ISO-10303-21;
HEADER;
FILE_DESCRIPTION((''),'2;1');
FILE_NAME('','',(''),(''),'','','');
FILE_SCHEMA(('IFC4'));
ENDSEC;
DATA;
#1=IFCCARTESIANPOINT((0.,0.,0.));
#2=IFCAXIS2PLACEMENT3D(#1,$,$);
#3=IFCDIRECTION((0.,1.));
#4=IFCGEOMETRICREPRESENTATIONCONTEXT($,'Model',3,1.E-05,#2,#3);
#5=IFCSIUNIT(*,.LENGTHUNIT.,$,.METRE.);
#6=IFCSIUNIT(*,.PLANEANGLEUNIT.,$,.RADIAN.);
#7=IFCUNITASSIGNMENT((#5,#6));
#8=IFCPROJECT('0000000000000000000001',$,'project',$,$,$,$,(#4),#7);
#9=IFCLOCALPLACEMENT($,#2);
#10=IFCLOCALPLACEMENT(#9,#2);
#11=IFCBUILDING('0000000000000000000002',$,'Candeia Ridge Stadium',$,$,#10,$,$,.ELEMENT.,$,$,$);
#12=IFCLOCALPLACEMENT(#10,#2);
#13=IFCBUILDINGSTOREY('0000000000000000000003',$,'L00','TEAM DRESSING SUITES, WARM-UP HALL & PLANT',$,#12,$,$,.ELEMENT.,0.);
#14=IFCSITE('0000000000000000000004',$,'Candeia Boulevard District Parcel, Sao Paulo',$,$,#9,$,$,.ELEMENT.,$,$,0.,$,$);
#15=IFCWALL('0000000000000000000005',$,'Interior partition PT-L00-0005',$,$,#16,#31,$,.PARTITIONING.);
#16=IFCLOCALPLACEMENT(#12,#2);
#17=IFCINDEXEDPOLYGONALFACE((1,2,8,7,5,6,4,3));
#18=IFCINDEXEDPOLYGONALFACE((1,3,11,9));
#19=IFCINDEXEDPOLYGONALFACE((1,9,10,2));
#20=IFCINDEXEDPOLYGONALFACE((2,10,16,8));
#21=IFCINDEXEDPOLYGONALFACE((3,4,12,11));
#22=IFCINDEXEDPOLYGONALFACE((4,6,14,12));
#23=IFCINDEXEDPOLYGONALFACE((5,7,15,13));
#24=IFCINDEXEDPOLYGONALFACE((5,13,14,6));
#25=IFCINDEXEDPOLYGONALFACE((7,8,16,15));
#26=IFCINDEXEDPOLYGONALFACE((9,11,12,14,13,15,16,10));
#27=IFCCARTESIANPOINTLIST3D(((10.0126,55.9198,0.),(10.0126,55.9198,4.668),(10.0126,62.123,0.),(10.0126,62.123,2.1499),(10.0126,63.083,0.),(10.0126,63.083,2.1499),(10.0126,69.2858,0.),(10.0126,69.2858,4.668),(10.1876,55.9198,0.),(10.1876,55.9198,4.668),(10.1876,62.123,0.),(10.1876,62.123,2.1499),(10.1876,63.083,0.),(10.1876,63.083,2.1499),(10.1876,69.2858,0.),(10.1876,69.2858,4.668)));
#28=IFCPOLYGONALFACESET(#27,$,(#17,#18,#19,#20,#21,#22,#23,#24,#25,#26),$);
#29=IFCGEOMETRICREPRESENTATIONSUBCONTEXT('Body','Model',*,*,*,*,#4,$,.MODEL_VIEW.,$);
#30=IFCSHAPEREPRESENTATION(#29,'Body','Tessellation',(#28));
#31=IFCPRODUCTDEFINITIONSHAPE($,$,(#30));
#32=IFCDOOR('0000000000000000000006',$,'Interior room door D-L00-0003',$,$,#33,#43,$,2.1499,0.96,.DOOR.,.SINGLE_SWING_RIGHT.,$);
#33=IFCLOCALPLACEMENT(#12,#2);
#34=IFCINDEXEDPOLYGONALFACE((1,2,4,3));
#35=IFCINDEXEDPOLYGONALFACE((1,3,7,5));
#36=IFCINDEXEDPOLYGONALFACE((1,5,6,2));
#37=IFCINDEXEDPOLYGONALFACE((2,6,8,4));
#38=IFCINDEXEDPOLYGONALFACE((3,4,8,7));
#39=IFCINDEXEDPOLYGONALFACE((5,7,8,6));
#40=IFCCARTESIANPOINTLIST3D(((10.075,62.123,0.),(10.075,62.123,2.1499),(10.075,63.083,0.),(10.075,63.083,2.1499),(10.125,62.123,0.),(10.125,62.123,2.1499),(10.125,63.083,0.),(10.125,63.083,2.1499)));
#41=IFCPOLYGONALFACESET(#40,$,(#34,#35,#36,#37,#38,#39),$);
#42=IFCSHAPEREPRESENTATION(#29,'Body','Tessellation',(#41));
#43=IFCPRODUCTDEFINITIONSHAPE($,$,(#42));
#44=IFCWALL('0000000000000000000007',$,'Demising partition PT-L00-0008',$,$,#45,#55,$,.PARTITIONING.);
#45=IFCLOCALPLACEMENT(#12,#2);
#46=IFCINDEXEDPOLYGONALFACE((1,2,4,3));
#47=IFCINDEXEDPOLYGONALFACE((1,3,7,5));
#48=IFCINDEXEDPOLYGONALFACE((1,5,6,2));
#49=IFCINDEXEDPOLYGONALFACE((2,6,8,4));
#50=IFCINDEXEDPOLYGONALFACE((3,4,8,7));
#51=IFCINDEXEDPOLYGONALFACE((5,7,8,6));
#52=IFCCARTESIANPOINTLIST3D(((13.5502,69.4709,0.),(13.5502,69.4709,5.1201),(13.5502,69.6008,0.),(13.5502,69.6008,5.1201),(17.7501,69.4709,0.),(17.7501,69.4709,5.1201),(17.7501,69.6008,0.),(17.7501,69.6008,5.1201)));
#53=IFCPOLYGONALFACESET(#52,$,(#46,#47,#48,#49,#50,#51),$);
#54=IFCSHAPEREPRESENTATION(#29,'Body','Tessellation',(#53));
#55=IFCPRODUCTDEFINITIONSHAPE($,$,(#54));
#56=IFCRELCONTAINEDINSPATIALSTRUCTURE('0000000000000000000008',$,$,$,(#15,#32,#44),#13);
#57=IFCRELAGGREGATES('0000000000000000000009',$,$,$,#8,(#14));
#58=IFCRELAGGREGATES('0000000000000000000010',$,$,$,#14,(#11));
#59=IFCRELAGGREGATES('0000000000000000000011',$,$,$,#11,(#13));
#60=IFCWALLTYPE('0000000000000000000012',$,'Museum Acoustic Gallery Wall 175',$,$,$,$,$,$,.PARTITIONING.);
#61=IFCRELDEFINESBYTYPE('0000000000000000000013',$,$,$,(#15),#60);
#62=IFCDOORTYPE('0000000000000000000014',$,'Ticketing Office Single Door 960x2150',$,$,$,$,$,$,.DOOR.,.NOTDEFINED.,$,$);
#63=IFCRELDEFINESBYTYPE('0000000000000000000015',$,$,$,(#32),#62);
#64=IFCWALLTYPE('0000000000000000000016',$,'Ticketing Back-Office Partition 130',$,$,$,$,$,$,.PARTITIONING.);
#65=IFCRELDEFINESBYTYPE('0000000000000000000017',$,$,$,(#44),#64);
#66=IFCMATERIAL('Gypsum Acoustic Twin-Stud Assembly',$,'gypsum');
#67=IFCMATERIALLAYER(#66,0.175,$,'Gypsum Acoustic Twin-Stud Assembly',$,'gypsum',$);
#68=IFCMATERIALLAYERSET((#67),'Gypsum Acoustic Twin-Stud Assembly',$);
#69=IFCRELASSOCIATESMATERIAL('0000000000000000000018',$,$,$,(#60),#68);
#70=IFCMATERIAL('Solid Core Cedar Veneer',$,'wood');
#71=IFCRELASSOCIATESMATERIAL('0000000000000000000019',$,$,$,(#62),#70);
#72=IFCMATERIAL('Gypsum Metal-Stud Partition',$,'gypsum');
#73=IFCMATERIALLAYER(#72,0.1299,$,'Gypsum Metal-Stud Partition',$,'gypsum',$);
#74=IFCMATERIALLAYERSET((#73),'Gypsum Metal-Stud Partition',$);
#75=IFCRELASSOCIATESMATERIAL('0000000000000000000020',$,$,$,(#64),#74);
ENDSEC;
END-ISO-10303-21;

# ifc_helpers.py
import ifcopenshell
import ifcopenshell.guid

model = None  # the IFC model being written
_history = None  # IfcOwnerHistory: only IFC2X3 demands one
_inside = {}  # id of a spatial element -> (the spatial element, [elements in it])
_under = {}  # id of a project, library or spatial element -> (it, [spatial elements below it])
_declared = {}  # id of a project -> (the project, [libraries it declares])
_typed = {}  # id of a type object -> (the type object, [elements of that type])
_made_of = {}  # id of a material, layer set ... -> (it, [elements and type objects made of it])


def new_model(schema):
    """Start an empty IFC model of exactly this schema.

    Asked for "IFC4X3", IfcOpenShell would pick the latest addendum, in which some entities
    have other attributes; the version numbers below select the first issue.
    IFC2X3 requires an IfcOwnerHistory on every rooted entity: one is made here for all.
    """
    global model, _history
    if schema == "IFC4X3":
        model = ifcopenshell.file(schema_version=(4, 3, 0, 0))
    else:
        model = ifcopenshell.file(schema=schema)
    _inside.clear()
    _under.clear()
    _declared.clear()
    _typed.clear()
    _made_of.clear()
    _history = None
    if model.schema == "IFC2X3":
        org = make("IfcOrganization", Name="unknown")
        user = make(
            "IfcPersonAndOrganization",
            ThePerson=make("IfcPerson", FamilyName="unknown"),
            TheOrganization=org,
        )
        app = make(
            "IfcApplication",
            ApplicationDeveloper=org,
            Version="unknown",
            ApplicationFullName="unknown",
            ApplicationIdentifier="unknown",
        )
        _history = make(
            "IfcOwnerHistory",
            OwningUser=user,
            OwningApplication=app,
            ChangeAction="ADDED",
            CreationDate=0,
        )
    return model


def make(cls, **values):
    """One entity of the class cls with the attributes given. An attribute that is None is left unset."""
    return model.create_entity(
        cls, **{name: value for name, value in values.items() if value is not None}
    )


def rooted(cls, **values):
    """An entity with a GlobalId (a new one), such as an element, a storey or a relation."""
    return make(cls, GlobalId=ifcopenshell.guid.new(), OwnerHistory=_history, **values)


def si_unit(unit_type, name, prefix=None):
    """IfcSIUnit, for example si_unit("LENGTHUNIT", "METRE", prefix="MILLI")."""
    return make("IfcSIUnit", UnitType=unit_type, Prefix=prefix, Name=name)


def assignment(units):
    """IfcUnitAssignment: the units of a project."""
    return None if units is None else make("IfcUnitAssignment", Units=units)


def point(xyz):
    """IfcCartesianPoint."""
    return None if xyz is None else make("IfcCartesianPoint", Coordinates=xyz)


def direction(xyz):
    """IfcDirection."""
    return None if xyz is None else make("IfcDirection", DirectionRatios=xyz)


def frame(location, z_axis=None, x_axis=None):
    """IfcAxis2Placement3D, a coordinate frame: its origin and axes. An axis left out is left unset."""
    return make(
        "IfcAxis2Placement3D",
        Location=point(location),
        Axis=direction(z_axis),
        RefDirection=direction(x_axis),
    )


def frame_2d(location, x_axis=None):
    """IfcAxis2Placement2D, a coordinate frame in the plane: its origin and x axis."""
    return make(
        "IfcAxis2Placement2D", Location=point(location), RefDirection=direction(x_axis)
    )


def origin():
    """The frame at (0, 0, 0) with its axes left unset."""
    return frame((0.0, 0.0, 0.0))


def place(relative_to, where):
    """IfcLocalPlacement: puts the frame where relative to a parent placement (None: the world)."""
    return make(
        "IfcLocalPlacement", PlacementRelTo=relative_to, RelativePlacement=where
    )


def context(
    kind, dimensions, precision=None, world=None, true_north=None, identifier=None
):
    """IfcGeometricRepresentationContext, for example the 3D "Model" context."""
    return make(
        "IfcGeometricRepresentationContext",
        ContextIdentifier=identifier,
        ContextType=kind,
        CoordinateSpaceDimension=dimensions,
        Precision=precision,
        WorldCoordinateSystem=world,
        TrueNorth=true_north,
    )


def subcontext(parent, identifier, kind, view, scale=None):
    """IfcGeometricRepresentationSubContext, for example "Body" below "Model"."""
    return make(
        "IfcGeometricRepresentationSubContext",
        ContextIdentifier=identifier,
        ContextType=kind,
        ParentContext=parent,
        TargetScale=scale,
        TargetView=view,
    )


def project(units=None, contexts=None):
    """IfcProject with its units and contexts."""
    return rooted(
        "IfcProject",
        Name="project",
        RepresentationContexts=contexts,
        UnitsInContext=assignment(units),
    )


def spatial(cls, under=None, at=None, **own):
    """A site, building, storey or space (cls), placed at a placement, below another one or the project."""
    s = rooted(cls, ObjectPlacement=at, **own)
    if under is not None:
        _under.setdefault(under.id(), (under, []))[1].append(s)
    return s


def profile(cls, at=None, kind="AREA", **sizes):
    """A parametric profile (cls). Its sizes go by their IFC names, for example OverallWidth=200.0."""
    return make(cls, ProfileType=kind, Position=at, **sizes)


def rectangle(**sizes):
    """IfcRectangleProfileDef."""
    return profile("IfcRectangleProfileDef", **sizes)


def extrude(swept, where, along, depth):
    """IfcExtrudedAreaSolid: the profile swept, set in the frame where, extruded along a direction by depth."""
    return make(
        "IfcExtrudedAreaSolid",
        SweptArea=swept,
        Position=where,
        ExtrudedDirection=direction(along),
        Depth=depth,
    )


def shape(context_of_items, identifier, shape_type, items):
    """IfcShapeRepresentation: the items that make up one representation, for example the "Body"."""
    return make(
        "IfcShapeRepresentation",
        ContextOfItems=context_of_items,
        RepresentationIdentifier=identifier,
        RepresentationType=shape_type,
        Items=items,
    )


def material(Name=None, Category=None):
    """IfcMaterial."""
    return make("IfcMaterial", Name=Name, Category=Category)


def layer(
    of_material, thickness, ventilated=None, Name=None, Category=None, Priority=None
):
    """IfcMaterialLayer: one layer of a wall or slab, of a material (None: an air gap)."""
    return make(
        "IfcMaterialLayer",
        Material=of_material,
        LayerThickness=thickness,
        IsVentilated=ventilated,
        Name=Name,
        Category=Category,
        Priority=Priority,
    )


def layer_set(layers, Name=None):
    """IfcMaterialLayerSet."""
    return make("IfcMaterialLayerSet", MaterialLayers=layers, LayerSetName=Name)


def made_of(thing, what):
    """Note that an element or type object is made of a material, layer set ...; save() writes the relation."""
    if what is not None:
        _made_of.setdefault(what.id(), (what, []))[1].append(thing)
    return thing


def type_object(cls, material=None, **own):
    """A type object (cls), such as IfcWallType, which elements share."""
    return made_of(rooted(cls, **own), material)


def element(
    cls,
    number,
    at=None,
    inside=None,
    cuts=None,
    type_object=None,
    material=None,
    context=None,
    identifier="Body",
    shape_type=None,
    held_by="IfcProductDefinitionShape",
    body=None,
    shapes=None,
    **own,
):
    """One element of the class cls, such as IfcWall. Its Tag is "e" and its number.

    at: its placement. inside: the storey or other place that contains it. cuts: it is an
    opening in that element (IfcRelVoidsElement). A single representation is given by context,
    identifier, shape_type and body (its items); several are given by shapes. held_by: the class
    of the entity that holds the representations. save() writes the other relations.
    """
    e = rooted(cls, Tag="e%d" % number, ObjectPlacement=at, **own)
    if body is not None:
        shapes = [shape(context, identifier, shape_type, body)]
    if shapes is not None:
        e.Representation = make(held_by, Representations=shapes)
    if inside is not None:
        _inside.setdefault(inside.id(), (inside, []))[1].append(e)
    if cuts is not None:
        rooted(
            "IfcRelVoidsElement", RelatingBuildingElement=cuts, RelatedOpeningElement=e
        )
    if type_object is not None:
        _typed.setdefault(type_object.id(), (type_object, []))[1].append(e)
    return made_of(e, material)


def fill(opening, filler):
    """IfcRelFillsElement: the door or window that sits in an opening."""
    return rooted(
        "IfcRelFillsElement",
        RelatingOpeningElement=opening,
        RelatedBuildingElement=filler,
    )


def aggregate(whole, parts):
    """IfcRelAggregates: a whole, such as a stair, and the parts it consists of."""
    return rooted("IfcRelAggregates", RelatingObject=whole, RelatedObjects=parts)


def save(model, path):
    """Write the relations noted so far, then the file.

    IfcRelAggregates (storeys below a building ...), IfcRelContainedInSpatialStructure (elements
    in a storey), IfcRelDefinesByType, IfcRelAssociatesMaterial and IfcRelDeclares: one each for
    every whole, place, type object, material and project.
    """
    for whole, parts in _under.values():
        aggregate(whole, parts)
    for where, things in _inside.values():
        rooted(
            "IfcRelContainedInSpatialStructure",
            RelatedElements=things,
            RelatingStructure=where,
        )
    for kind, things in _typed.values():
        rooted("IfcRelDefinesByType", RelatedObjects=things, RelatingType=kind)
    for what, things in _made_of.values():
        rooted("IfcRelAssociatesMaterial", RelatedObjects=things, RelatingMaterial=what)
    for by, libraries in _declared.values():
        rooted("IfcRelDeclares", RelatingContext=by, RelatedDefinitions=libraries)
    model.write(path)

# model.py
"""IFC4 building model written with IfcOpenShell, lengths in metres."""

from ifc_helpers import new_model, si_unit, direction, frame, frame_2d, origin, place, context, subcontext, project, spatial, rectangle, extrude, material, layer, layer_set, type_object, element, fill, save


model = new_model("IFC4")

# Units and contexts
model_context = context("Model", 3, precision=1e-05, world=origin(), true_north=direction((0.0, 1.0)))
body_context = subcontext(model_context, "Body", "Model", "MODEL_VIEW")
ifc_project = project(units=[si_unit("LENGTHUNIT", "METRE"), si_unit("PLANEANGLEUNIT", "RADIAN")], contexts=[model_context])

# Site, building, storey
site_placement = place(None, origin())
site = spatial("IfcSite", under=ifc_project, at=site_placement, Name="Candeia Boulevard District Parcel, Sao Paulo", CompositionType="ELEMENT", RefElevation=0.0)
building_placement = place(site_placement, origin())
building = spatial("IfcBuilding", under=site, at=building_placement, Name="Candeia Ridge Stadium", CompositionType="ELEMENT")
storey_placement = place(building_placement, origin())
storey = spatial("IfcBuildingStorey", under=building, at=storey_placement, Name="L00", Description="TEAM DRESSING SUITES, WARM-UP HALL & PLANT", CompositionType="ELEMENT", Elevation=0.0)

# Shared definitions
ifc_material_1 = material(Name="Gypsum Metal-Stud Partition", Category="gypsum")

# Shared definitions
ifc_material_2 = material(Name="Gypsum Acoustic Twin-Stud Assembly", Category="gypsum")

# Wall, opening, door
ifc_layer_1 = layer(ifc_material_2, 0.175, Name="Gypsum Acoustic Twin-Stud Assembly", Category="gypsum")
ifc_layer_set_1 = layer_set([ifc_layer_1], Name="Gypsum Acoustic Twin-Stud Assembly")
wall_type_1 = type_object("IfcWallType", Name="Museum Acoustic Gallery Wall 175", PredefinedType="PARTITIONING", material=ifc_layer_set_1)
wall_1_placement = place(storey_placement, frame((10.1001, 69.2859, 0.0), z_axis=(0.0, 0.0, 1.0), x_axis=(0.0, -1.0, 0.0)))
wall_1 = element("IfcWall", 1, at=wall_1_placement, inside=storey, type_object=wall_type_1, Name="Interior partition PT-L00-0005", PredefinedType="PARTITIONING", context=body_context, shape_type="SweptSolid", body=[
    extrude(rectangle(XDim=13.366, YDim=0.175, at=frame_2d((6.6831, 0.0))), origin(), (0.0, 0.0, 1.0), 4.668),
])
opening_1_placement = place(wall_1_placement, frame((6.2029, 0.0, 0.0)))
opening_1 = element("IfcOpeningElement", 2, at=opening_1_placement, cuts=wall_1, PredefinedType="OPENING", context=body_context, shape_type="SweptSolid", body=[
    extrude(rectangle(XDim=0.96, YDim=2.1499, at=frame_2d((0.48, 1.075))), frame((0.0, 0.0974, 0.0), z_axis=(0.0, -1.0, 0.0), x_axis=(1.0, 0.0, 0.0)), (0.0, 0.0, 1.0), 0.1951),
])
ifc_material_3 = material(Name="Solid Core Cedar Veneer", Category="wood")
door_type_1 = type_object("IfcDoorType", Name="Ticketing Office Single Door 960x2150", OperationType="NOTDEFINED", PredefinedType="DOOR", material=ifc_material_3)
door_1_placement = place(opening_1_placement, origin())
door_1 = element("IfcDoor", 3, at=door_1_placement, inside=storey, type_object=door_type_1, Name="Interior room door D-L00-0003", OperationType="SINGLE_SWING_RIGHT", OverallHeight=2.1499, OverallWidth=0.96, PredefinedType="DOOR", context=body_context, shape_type="SweptSolid", body=[
    extrude(rectangle(XDim=0.96, YDim=2.1499, at=frame_2d((0.48, 1.075))), frame((0.0, 0.0249, 0.0), z_axis=(0.0, -1.0, 0.0), x_axis=(1.0, 0.0, 0.0)), (0.0, 0.0, 1.0), 0.05),
])
fill(opening_1, door_1)

# Wall
ifc_layer_2 = layer(ifc_material_1, 0.1299, Name="Gypsum Metal-Stud Partition", Category="gypsum")
ifc_layer_set_2 = layer_set([ifc_layer_2], Name="Gypsum Metal-Stud Partition")
wall_type_2 = type_object("IfcWallType", Name="Ticketing Back-Office Partition 130", PredefinedType="PARTITIONING", material=ifc_layer_set_2)
wall_2_placement = place(storey_placement, frame((13.55, 69.5359, 0.0), z_axis=(0.0, 0.0, 1.0), x_axis=(1.0, 0.0, 0.0)))
element("IfcWall", 4, at=wall_2_placement, inside=storey, type_object=wall_type_2, Name="Demising partition PT-L00-0008", PredefinedType="PARTITIONING", context=body_context, shape_type="SweptSolid", body=[
    extrude(rectangle(XDim=4.2, YDim=0.1299, at=frame_2d((2.1001, 0.0))), origin(), (0.0, 0.0, 1.0), 5.1201),
])

save(model, "model.ifc")
